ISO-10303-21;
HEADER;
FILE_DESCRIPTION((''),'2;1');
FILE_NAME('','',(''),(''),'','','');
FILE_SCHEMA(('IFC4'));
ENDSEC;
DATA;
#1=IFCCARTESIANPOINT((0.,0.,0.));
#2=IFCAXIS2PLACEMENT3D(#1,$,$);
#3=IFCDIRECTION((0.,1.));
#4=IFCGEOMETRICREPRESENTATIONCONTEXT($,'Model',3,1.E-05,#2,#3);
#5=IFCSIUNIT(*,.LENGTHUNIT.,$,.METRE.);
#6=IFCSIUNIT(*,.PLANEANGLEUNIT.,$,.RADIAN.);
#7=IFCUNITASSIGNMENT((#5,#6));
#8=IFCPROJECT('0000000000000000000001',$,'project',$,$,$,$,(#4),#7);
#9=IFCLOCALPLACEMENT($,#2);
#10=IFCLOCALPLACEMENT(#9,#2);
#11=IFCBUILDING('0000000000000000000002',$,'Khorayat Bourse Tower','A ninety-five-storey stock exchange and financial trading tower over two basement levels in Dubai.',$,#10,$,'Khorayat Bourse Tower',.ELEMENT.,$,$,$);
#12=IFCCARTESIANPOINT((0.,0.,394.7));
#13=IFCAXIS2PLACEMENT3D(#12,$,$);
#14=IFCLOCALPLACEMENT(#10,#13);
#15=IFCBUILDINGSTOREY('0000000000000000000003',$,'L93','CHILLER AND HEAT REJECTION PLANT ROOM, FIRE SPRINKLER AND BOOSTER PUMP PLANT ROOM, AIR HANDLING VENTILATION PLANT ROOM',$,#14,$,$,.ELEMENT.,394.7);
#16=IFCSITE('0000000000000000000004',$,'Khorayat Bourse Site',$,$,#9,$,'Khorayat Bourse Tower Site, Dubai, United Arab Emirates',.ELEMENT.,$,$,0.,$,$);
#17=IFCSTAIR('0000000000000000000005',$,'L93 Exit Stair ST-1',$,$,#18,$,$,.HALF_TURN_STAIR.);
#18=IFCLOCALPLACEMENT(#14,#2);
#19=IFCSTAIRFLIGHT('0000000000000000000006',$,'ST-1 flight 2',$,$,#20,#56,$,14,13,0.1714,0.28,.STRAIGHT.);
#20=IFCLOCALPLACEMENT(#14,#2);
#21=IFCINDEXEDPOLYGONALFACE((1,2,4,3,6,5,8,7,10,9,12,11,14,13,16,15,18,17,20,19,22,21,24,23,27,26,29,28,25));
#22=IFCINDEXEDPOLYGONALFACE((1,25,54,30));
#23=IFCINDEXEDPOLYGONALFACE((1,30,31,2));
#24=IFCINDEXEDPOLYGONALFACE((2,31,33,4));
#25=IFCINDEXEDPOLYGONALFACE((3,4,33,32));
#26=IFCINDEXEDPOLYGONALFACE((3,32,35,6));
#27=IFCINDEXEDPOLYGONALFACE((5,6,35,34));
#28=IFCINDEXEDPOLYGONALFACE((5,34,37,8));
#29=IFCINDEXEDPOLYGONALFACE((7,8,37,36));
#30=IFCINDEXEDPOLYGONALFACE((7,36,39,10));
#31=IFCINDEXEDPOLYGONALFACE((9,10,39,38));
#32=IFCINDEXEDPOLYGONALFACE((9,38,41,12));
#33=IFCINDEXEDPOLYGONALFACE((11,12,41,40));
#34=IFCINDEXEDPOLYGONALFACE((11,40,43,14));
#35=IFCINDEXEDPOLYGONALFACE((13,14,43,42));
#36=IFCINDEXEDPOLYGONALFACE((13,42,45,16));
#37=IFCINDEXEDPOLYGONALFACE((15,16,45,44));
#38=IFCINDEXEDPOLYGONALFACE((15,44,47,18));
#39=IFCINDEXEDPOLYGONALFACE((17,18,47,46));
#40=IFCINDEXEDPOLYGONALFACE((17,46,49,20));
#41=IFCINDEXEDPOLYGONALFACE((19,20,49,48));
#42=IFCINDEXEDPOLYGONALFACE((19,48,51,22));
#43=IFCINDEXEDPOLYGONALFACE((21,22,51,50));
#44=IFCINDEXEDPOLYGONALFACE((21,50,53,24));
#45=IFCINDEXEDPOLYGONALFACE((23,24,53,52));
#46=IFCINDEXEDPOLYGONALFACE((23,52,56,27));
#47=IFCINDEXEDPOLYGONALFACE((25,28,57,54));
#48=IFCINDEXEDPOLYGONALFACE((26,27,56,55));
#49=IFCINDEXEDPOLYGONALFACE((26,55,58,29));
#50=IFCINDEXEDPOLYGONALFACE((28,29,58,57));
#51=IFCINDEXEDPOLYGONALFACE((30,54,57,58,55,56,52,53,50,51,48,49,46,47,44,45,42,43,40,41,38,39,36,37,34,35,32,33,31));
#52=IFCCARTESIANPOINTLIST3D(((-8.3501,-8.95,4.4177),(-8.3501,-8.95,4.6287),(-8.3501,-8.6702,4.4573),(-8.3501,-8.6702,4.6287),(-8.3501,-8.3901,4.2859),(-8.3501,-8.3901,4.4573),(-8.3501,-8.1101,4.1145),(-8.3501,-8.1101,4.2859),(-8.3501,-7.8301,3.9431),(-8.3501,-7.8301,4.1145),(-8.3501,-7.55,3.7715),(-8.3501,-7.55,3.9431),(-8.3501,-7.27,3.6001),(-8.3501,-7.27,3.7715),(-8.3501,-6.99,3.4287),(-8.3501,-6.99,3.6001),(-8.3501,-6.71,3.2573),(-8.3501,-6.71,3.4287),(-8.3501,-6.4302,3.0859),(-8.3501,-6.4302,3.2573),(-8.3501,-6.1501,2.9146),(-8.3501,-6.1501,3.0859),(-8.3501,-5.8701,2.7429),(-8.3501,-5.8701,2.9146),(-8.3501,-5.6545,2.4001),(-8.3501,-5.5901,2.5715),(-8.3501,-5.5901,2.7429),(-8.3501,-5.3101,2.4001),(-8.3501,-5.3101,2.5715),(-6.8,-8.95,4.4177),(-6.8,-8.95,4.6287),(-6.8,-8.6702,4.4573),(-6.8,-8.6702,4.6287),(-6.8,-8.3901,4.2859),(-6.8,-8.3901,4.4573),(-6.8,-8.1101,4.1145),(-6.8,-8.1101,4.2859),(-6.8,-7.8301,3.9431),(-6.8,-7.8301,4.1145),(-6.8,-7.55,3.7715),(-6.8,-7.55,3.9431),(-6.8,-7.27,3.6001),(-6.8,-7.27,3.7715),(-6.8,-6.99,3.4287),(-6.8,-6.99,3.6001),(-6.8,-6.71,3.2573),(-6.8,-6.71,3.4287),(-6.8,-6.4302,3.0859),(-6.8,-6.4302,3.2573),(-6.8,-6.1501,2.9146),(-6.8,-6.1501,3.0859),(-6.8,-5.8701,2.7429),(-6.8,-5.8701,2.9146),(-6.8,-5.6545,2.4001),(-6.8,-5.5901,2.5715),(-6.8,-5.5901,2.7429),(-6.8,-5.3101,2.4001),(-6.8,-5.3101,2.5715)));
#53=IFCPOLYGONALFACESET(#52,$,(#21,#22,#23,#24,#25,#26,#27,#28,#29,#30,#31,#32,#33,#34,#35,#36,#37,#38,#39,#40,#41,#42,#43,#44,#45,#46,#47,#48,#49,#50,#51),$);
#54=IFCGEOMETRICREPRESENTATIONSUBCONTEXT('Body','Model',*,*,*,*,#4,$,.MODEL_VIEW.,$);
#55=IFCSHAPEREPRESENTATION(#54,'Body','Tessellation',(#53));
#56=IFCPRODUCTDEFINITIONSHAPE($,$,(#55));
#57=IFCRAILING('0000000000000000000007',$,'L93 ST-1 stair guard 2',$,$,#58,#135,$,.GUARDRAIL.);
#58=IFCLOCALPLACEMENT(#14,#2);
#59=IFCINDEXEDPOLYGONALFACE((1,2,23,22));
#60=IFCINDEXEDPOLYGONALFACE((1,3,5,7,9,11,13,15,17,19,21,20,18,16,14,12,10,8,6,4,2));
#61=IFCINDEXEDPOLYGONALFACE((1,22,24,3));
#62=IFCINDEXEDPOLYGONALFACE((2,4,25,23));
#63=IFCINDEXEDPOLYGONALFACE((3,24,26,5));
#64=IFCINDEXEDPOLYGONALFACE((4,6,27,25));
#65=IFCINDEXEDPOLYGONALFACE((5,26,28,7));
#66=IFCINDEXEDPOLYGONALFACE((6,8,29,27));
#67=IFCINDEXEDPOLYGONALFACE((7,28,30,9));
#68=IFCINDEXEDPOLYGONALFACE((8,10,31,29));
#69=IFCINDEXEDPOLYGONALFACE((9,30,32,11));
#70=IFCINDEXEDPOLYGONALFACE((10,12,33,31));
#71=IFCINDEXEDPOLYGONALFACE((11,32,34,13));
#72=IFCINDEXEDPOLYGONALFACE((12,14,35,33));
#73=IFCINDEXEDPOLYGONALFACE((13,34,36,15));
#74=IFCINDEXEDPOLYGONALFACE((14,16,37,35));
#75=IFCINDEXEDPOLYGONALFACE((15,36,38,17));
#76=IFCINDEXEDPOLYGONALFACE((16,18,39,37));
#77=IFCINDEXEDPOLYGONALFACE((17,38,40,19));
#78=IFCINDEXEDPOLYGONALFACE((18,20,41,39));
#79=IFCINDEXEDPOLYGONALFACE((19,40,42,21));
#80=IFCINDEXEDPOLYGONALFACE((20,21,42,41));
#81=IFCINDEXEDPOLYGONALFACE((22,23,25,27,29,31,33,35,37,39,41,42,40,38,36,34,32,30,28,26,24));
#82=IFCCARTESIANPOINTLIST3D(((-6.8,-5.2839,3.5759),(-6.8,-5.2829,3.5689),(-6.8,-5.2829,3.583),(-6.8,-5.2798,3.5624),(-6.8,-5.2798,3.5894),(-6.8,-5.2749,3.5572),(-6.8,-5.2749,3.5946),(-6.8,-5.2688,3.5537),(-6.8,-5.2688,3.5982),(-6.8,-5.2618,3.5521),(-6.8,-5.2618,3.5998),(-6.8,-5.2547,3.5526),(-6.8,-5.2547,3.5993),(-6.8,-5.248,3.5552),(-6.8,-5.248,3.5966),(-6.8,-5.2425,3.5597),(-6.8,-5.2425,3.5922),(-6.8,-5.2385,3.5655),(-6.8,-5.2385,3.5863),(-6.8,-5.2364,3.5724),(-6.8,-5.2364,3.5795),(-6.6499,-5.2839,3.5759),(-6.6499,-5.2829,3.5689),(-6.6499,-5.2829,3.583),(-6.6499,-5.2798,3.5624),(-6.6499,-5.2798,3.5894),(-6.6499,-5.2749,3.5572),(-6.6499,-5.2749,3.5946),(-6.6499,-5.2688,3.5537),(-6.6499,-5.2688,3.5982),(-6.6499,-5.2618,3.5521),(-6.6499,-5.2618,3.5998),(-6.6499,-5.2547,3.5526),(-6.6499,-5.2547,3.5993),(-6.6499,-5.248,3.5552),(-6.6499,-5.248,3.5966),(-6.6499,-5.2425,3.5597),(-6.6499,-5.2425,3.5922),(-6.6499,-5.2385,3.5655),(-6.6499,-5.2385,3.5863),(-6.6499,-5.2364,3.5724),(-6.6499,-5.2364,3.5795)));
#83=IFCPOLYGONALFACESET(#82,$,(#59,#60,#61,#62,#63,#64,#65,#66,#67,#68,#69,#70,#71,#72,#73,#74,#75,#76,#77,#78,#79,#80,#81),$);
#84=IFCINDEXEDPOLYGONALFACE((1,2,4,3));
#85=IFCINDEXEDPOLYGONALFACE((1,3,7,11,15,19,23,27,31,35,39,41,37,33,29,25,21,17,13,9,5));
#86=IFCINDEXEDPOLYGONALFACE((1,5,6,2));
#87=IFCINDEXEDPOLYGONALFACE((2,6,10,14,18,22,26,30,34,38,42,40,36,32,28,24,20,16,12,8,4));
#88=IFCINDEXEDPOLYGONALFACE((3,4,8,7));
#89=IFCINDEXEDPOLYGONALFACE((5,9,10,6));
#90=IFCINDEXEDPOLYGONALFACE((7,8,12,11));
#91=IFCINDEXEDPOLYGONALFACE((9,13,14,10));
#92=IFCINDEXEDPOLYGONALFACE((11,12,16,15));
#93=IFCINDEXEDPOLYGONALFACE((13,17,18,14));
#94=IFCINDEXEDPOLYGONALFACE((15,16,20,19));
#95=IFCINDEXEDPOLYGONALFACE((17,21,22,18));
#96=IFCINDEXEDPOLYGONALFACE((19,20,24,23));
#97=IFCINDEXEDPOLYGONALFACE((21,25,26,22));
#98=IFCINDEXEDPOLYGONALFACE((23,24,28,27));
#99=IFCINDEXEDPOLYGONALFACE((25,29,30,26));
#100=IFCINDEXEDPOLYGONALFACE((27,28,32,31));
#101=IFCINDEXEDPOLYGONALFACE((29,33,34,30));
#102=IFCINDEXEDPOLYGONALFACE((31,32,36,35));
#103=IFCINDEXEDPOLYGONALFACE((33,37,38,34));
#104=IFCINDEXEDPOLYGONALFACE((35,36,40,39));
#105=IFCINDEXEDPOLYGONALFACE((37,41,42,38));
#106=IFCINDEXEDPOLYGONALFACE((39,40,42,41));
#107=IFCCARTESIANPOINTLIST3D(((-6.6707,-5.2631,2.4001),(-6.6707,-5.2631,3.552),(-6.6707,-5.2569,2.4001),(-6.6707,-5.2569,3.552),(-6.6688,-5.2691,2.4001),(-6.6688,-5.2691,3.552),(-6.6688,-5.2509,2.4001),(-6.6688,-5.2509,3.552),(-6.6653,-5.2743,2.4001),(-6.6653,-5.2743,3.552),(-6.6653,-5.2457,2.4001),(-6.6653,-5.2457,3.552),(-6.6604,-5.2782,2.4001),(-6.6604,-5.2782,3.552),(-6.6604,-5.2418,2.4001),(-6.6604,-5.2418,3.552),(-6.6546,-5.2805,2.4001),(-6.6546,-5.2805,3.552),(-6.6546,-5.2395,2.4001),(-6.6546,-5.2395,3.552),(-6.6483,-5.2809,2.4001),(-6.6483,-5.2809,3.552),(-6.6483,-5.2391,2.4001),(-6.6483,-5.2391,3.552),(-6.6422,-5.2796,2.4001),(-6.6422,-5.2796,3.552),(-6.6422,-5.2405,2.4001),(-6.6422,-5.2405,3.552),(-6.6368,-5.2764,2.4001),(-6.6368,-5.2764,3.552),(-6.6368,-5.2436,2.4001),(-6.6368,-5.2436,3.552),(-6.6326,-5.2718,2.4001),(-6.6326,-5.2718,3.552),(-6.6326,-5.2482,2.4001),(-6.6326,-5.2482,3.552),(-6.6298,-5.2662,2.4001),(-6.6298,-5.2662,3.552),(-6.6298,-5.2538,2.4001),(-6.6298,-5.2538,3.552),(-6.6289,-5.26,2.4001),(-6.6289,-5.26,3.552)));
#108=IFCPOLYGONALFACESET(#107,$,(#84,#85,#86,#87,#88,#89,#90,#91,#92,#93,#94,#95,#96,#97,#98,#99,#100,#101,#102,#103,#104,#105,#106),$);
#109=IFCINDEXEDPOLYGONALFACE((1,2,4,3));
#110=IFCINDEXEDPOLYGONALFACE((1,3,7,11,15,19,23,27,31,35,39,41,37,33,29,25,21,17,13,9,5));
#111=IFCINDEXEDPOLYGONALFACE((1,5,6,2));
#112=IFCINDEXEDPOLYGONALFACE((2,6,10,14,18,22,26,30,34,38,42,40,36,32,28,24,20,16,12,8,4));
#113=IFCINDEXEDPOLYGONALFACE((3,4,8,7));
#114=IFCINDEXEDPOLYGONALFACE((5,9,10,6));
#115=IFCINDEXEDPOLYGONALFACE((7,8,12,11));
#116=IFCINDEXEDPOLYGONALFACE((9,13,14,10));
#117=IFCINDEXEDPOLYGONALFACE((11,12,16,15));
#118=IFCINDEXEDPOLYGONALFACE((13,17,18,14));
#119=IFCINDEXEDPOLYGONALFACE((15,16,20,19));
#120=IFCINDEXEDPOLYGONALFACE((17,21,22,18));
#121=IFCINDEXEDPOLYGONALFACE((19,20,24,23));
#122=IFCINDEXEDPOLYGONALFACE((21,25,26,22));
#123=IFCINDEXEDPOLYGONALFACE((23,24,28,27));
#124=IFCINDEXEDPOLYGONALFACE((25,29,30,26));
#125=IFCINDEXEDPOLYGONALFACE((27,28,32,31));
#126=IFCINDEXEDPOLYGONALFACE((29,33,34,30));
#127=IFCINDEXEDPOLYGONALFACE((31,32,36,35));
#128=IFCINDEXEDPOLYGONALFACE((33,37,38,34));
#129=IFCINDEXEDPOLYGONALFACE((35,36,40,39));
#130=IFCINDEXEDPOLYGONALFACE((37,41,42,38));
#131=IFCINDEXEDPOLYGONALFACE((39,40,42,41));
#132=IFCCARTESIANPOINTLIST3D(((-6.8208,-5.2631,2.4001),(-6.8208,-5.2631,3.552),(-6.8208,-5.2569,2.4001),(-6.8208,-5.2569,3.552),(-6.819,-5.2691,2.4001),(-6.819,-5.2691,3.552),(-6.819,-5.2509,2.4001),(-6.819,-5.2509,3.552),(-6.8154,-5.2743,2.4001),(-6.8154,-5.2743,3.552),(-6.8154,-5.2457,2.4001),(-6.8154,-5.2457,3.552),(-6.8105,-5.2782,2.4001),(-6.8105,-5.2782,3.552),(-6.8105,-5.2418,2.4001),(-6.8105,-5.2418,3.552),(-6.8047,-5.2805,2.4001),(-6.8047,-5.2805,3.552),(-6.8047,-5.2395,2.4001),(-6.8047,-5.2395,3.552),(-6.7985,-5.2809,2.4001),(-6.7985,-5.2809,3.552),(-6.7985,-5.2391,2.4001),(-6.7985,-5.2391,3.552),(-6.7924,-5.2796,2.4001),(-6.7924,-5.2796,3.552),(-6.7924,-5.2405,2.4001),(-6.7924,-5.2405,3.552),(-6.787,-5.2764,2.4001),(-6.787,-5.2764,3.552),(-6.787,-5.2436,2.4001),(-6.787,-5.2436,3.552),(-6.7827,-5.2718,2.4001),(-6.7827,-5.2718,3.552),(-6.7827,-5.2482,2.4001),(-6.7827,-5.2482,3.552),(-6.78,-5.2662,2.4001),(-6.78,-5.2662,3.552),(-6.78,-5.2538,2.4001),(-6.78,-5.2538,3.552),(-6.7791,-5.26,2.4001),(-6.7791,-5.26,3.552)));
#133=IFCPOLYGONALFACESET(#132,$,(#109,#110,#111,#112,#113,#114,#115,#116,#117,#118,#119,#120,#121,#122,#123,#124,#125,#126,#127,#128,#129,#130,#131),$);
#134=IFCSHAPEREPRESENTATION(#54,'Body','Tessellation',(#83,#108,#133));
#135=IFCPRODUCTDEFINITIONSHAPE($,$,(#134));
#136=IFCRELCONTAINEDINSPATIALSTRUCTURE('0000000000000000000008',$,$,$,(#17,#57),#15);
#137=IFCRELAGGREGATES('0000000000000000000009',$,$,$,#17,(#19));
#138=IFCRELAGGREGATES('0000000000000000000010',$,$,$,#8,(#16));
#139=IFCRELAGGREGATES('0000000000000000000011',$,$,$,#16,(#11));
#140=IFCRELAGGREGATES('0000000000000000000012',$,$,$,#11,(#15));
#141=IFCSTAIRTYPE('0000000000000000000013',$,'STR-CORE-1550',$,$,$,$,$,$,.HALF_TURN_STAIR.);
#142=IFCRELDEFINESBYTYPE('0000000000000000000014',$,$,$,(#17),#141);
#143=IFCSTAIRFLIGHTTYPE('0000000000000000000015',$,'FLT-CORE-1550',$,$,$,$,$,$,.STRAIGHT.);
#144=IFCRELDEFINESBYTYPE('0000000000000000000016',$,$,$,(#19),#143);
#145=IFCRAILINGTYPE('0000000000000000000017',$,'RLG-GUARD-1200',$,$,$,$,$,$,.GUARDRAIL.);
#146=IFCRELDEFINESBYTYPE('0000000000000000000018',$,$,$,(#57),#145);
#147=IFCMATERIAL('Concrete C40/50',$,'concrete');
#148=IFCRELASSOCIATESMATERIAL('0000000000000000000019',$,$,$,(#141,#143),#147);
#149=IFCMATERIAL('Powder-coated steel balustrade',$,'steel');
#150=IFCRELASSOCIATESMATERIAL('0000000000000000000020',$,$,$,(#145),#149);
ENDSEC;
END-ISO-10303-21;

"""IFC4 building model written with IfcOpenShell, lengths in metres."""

from ifc_helpers import new_model, si_unit, direction, frame, origin, origin_2d, place, context, subcontext, project, spatial, polyline, circle, outline, extrude, source, transform, mapped, material, type_object, element, aggregate, save


model = new_model("IFC4")

# Units and contexts
model_context = context("Model", 3, precision=1e-05, world=origin(), true_north=direction((0.0, 1.0)))
body_context = subcontext(model_context, "Body", "Model", "MODEL_VIEW")
ifc_project = project(units=[si_unit("LENGTHUNIT", "METRE"), si_unit("PLANEANGLEUNIT", "RADIAN")], contexts=[model_context])

# Site, building, storey
site_placement = place(None, origin())
site = spatial("IfcSite", under=ifc_project, at=site_placement, Name="Khorayat Bourse Site", LongName="Khorayat Bourse Tower Site, Dubai, United Arab Emirates", CompositionType="ELEMENT", RefElevation=0.0)
building_placement = place(site_placement, origin())
building = spatial("IfcBuilding", under=site, at=building_placement, Name="Khorayat Bourse Tower", Description="A ninety-five-storey stock exchange and financial trading tower over two basement levels in Dubai.", LongName="Khorayat Bourse Tower", CompositionType="ELEMENT")
storey_placement = place(building_placement, frame((0.0, 0.0, 394.7)))
storey = spatial("IfcBuildingStorey", under=building, at=storey_placement, Name="L93", Description="CHILLER AND HEAT REJECTION PLANT ROOM, FIRE SPRINKLER AND BOOSTER PUMP PLANT ROOM, AIR HANDLING VENTILATION PLANT ROOM", CompositionType="ELEMENT", Elevation=394.7)

# Stair, stair flight
ifc_material_1 = material(Name="Concrete C40/50", Category="concrete")
stair_type = type_object("IfcStairType", Name="STR-CORE-1550", PredefinedType="HALF_TURN_STAIR", material=ifc_material_1)
stair_placement = place(storey_placement, origin())
stair = element("IfcStair", 1, at=stair_placement, inside=storey, type_object=stair_type, Name="L93 Exit Stair ST-1", PredefinedType="HALF_TURN_STAIR")
stair_flight_type = type_object("IfcStairFlightType", Name="FLT-CORE-1550", PredefinedType="STRAIGHT", material=ifc_material_1)
shared_shape_1 = source(origin(), body_context, "Body", "SweptSolid", [
    extrude(outline(polyline([(0.0, 0.0), (0.0, 0.1714), (0.28, 0.1714), (0.28, 0.3428), (0.5601, 0.3428), (0.5601, 0.5144), (0.8401, 0.5144), (0.8401, 0.6858), (1.1201, 0.6858), (1.1201, 0.8572), (1.3999, 0.8572), (1.3999, 1.0286), (1.6799, 1.0286), (1.6799, 1.2), (1.96, 1.2), (1.96, 1.3713), (2.24, 1.3713), (2.24, 1.543), (2.52, 1.543), (2.52, 1.7144), (2.8, 1.7144), (2.8, 1.8857), (3.0801, 1.8857), (3.0801, 2.0571), (3.3601, 2.0571), (3.3601, 2.2285), (3.6399, 2.2285), (3.6399, 2.3999), (3.6399, 2.0176), (0.3445, 0.0), (0.0, 0.0)])), frame((0.0, 0.7749, 0.0), z_axis=(0.0, -1.0, 0.0), x_axis=(1.0, 0.0, 0.0)), (0.0, 0.0, 1.0), 1.55),
])
stair_flight_1_placement = place(storey_placement, frame((-7.575, -5.3101, 2.4001), z_axis=(0.0, 0.0, 1.0), x_axis=(0.0, -1.0, 0.0)))
stair_flight_1 = element("IfcStairFlight", 2, at=stair_flight_1_placement, type_object=stair_flight_type, Name="ST-1 flight 2", NumberOfRisers=14, NumberOfTreads=13, PredefinedType="STRAIGHT", RiserHeight=0.1714, TreadLength=0.28, context=body_context, shape_type="MappedRepresentation", body=[
    mapped(shared_shape_1, transform((0.0, 0.0, 0.0), scale=1.0)),
])
aggregate(stair, [stair_flight_1])

# Railing
ifc_material_2 = material(Name="Powder-coated steel balustrade", Category="steel")
railing_type_1 = type_object("IfcRailingType", Name="RLG-GUARD-1200", PredefinedType="GUARDRAIL", material=ifc_material_2)
shared_shape_2 = source(origin(), body_context, "Body", "SweptSolid", [
    extrude(circle(Radius=0.0239, at=origin_2d()), frame((0.0, 0.0, 1.1758), z_axis=(-1.0, 0.0, 0.0), x_axis=(0.0, -1.0, 0.0)), (0.0, 0.0, 1.0), 0.1501),
    extrude(circle(Radius=0.021, at=origin_2d()), origin(), (0.0, 0.0, 1.0), 1.1519),
    extrude(circle(Radius=0.021, at=origin_2d()), frame((-0.1501, 0.0, 0.0)), (0.0, 0.0, 1.0), 1.1519),
])
for number, where, name in (
    (3, (-6.6499, -5.26, 2.4001), "L93 ST-1 stair guard 2"),
):
    element("IfcRailing", number, at=place(storey_placement, frame(where)), inside=storey, type_object=railing_type_1, Name=name, PredefinedType="GUARDRAIL", context=body_context, shape_type="MappedRepresentation", body=[
        mapped(shared_shape_2, transform((0.0, 0.0, 0.0), scale=1.0)),
    ])

save(model, "model.ifc")
